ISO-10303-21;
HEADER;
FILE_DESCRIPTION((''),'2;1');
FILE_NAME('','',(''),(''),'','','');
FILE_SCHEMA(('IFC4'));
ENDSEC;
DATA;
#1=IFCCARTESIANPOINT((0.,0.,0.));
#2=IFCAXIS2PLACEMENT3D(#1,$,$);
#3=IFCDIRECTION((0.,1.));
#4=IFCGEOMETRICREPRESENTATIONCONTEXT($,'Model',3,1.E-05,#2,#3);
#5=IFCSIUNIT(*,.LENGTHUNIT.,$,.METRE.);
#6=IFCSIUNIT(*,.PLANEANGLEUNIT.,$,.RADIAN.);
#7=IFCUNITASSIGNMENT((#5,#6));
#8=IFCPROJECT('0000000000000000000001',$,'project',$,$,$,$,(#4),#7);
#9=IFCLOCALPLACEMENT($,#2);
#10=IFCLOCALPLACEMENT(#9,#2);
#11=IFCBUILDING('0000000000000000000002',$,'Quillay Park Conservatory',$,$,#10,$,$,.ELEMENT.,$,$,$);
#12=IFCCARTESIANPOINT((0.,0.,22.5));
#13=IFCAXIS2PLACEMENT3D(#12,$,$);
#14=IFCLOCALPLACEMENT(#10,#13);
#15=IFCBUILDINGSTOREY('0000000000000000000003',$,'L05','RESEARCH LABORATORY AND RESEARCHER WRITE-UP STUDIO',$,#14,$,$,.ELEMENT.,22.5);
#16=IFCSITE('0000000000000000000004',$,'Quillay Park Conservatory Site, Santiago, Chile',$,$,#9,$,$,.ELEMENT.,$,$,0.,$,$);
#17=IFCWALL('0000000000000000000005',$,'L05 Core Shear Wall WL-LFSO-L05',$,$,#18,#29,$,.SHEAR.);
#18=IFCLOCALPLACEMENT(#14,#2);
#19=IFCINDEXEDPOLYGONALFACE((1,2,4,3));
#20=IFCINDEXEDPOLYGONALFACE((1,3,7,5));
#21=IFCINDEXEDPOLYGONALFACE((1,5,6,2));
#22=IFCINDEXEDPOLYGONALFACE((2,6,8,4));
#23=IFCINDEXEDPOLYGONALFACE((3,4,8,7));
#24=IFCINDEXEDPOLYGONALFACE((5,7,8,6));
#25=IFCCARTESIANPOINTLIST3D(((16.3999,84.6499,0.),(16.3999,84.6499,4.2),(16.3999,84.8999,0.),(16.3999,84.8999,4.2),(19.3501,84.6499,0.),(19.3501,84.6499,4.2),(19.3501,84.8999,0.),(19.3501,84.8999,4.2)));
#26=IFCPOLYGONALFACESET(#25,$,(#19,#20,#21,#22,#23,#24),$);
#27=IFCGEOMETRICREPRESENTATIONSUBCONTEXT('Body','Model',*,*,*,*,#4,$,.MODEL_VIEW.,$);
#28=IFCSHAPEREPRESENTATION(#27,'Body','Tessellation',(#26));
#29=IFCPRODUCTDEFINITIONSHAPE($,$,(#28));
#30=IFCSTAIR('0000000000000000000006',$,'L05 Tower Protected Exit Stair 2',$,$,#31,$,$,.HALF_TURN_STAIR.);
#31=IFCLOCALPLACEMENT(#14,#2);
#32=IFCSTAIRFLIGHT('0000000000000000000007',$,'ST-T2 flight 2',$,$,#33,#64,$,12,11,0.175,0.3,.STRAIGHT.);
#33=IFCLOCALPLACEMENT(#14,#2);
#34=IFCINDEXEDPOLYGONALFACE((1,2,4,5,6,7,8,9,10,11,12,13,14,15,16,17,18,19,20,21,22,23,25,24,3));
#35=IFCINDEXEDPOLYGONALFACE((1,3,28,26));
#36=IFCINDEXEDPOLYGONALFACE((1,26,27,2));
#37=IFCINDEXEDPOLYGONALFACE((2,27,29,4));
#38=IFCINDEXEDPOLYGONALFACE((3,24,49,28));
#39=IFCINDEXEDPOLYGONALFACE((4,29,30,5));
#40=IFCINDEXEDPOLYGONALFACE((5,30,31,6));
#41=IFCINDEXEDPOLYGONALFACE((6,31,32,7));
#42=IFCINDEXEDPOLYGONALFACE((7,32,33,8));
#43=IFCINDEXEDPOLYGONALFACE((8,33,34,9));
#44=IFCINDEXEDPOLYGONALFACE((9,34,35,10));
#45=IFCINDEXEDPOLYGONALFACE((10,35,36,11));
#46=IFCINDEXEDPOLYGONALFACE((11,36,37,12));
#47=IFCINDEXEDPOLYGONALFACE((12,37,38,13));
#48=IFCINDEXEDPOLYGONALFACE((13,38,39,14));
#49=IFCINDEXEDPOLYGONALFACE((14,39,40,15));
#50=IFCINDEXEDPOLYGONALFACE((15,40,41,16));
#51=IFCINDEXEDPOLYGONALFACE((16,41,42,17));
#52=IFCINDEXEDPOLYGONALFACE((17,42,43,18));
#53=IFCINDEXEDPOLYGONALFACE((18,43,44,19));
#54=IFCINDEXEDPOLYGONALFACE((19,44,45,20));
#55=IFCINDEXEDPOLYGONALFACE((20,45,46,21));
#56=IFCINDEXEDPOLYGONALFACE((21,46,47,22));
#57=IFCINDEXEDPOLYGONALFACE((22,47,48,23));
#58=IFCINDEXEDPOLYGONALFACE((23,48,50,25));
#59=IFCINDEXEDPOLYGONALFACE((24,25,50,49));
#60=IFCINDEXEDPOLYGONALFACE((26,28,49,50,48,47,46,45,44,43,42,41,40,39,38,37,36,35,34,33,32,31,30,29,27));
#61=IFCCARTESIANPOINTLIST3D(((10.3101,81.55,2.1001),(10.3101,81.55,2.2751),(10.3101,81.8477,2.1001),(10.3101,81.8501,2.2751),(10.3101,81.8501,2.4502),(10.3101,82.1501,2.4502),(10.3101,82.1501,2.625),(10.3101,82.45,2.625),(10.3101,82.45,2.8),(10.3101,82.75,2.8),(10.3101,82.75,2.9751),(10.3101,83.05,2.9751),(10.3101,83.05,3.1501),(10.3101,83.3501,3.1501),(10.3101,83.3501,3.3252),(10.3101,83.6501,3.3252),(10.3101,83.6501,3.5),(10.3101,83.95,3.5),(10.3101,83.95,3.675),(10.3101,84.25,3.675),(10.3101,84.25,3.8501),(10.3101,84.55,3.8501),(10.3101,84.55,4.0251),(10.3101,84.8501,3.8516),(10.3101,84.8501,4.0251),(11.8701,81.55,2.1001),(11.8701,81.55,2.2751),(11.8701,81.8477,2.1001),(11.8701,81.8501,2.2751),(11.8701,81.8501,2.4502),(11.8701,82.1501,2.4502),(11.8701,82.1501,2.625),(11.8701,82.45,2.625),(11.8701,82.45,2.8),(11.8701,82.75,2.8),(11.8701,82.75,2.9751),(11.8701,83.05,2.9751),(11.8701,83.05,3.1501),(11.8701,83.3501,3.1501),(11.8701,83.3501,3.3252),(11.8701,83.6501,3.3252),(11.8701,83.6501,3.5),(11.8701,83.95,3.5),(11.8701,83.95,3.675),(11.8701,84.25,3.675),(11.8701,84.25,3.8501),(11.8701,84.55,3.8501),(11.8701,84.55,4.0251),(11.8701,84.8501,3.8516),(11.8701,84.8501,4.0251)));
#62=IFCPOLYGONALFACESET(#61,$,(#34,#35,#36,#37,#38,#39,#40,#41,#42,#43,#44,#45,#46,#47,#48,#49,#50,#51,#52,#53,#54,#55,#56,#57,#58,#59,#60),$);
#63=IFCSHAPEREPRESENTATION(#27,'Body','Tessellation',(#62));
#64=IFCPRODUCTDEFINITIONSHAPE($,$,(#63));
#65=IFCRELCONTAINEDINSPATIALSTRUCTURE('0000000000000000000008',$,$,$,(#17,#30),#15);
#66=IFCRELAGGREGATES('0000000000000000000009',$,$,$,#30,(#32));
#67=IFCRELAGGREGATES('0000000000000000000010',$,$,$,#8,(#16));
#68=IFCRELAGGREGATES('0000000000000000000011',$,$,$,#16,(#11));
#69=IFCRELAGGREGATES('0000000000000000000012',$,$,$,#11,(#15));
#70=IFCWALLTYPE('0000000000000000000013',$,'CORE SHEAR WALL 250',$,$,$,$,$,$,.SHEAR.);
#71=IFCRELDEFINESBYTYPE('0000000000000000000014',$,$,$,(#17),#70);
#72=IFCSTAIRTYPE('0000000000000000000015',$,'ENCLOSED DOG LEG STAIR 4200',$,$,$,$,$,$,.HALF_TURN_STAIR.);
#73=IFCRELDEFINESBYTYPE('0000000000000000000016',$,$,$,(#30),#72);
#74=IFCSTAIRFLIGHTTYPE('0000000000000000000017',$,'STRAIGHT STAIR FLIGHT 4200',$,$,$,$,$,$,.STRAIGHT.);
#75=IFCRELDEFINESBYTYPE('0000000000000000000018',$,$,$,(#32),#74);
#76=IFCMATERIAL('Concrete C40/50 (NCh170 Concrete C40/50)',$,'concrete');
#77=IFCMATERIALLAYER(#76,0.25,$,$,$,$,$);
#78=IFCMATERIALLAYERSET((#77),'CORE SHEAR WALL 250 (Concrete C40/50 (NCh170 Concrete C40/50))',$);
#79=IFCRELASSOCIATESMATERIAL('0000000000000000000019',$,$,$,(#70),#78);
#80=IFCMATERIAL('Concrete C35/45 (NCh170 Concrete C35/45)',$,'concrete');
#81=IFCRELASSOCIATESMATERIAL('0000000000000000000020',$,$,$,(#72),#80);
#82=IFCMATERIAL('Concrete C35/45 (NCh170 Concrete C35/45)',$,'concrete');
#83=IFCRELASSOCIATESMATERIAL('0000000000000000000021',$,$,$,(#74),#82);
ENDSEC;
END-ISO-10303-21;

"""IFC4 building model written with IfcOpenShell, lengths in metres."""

from ifc_helpers import new_model, si_unit, direction, frame, frame_2d, origin, place, context, subcontext, project, spatial, polyline, rectangle, outline, extrude, material, layer, layer_set, type_object, element, aggregate, save


model = new_model("IFC4")

# Units and contexts
model_context = context("Model", 3, precision=1e-05, world=origin(), true_north=direction((0.0, 1.0)))
body_context = subcontext(model_context, "Body", "Model", "MODEL_VIEW")
ifc_project = project(units=[si_unit("LENGTHUNIT", "METRE"), si_unit("PLANEANGLEUNIT", "RADIAN")], contexts=[model_context])

# Site, building, storey
site_placement = place(None, origin())
site = spatial("IfcSite", under=ifc_project, at=site_placement, Name="Quillay Park Conservatory Site, Santiago, Chile", CompositionType="ELEMENT", RefElevation=0.0)
building_placement = place(site_placement, origin())
building = spatial("IfcBuilding", under=site, at=building_placement, Name="Quillay Park Conservatory", CompositionType="ELEMENT")
storey_placement = place(building_placement, frame((0.0, 0.0, 22.5)))
storey = spatial("IfcBuildingStorey", under=building, at=storey_placement, Name="L05", Description="RESEARCH LABORATORY AND RESEARCHER WRITE-UP STUDIO", CompositionType="ELEMENT", Elevation=22.5)

# Shared definitions
ifc_material_1 = material(Name="Concrete C40/50 (NCh170 Concrete C40/50)", Category="concrete")
ifc_layer_1 = layer(ifc_material_1, 0.25)
ifc_layer_set_1 = layer_set([ifc_layer_1], Name="CORE SHEAR WALL 250 (Concrete C40/50 (NCh170 Concrete C40/50))")
wall_type_1 = type_object("IfcWallType", Name="CORE SHEAR WALL 250", PredefinedType="SHEAR", material=ifc_layer_set_1)

# Wall
wall_1_placement = place(storey_placement, frame((16.3999, 84.7749, 0.0), z_axis=(0.0, 0.0, 1.0), x_axis=(1.0, 0.0, 0.0)))
element("IfcWall", 1, at=wall_1_placement, inside=storey, type_object=wall_type_1, Name="L05 Core Shear Wall WL-LFSO-L05", PredefinedType="SHEAR", context=body_context, shape_type="SweptSolid", body=[
    extrude(rectangle(XDim=2.9502, YDim=0.25, at=frame_2d((1.4751, 0.0))), origin(), (0.0, 0.0, 1.0), 4.2),
])

# Stair, stair flight
ifc_material_2 = material(Name="Concrete C35/45 (NCh170 Concrete C35/45)", Category="concrete")
stair_type = type_object("IfcStairType", Name="ENCLOSED DOG LEG STAIR 4200", PredefinedType="HALF_TURN_STAIR", material=ifc_material_2)
stair_placement = place(storey_placement, origin())
stair = element("IfcStair", 2, at=stair_placement, inside=storey, type_object=stair_type, Name="L05 Tower Protected Exit Stair 2", PredefinedType="HALF_TURN_STAIR")
ifc_material_3 = material(Name="Concrete C35/45 (NCh170 Concrete C35/45)", Category="concrete")
stair_flight_type = type_object("IfcStairFlightType", Name="STRAIGHT STAIR FLIGHT 4200", PredefinedType="STRAIGHT", material=ifc_material_3)
stair_flight_placement = place(storey_placement, frame((11.0901, 81.55, 2.1001), z_axis=(0.0, 0.0, 1.0), x_axis=(0.0, 1.0, 0.0)))
stair_flight = element("IfcStairFlight", 3, at=stair_flight_placement, type_object=stair_flight_type, Name="ST-T2 flight 2", NumberOfRisers=12, NumberOfTreads=11, PredefinedType="STRAIGHT", RiserHeight=0.175, TreadLength=0.3, context=body_context, shape_type="SweptSolid", body=[
    extrude(outline(polyline([(0.0, 0.0), (0.0, 0.175), (0.3, 0.175), (0.3, 0.3501), (0.6001, 0.3501), (0.6001, 0.5249), (0.8999, 0.5249), (0.8999, 0.7), (1.2, 0.7), (1.2, 0.875), (1.5, 0.875), (1.5, 1.05), (1.8, 1.05), (1.8, 1.2251), (2.1001, 1.2251), (2.1001, 1.3999), (2.3999, 1.3999), (2.3999, 1.575), (2.7, 1.575), (2.7, 1.75), (3.0, 1.75), (3.0, 1.925), (3.3, 1.925), (3.3, 2.1001), (3.3, 1.7515), (0.2976, 0.0), (0.0, 0.0)])), frame((0.0, 0.78, 0.0), z_axis=(0.0, -1.0, 0.0), x_axis=(1.0, 0.0, 0.0)), (0.0, 0.0, 1.0), 1.5601),
])
aggregate(stair, [stair_flight])

save(model, "model.ifc")
